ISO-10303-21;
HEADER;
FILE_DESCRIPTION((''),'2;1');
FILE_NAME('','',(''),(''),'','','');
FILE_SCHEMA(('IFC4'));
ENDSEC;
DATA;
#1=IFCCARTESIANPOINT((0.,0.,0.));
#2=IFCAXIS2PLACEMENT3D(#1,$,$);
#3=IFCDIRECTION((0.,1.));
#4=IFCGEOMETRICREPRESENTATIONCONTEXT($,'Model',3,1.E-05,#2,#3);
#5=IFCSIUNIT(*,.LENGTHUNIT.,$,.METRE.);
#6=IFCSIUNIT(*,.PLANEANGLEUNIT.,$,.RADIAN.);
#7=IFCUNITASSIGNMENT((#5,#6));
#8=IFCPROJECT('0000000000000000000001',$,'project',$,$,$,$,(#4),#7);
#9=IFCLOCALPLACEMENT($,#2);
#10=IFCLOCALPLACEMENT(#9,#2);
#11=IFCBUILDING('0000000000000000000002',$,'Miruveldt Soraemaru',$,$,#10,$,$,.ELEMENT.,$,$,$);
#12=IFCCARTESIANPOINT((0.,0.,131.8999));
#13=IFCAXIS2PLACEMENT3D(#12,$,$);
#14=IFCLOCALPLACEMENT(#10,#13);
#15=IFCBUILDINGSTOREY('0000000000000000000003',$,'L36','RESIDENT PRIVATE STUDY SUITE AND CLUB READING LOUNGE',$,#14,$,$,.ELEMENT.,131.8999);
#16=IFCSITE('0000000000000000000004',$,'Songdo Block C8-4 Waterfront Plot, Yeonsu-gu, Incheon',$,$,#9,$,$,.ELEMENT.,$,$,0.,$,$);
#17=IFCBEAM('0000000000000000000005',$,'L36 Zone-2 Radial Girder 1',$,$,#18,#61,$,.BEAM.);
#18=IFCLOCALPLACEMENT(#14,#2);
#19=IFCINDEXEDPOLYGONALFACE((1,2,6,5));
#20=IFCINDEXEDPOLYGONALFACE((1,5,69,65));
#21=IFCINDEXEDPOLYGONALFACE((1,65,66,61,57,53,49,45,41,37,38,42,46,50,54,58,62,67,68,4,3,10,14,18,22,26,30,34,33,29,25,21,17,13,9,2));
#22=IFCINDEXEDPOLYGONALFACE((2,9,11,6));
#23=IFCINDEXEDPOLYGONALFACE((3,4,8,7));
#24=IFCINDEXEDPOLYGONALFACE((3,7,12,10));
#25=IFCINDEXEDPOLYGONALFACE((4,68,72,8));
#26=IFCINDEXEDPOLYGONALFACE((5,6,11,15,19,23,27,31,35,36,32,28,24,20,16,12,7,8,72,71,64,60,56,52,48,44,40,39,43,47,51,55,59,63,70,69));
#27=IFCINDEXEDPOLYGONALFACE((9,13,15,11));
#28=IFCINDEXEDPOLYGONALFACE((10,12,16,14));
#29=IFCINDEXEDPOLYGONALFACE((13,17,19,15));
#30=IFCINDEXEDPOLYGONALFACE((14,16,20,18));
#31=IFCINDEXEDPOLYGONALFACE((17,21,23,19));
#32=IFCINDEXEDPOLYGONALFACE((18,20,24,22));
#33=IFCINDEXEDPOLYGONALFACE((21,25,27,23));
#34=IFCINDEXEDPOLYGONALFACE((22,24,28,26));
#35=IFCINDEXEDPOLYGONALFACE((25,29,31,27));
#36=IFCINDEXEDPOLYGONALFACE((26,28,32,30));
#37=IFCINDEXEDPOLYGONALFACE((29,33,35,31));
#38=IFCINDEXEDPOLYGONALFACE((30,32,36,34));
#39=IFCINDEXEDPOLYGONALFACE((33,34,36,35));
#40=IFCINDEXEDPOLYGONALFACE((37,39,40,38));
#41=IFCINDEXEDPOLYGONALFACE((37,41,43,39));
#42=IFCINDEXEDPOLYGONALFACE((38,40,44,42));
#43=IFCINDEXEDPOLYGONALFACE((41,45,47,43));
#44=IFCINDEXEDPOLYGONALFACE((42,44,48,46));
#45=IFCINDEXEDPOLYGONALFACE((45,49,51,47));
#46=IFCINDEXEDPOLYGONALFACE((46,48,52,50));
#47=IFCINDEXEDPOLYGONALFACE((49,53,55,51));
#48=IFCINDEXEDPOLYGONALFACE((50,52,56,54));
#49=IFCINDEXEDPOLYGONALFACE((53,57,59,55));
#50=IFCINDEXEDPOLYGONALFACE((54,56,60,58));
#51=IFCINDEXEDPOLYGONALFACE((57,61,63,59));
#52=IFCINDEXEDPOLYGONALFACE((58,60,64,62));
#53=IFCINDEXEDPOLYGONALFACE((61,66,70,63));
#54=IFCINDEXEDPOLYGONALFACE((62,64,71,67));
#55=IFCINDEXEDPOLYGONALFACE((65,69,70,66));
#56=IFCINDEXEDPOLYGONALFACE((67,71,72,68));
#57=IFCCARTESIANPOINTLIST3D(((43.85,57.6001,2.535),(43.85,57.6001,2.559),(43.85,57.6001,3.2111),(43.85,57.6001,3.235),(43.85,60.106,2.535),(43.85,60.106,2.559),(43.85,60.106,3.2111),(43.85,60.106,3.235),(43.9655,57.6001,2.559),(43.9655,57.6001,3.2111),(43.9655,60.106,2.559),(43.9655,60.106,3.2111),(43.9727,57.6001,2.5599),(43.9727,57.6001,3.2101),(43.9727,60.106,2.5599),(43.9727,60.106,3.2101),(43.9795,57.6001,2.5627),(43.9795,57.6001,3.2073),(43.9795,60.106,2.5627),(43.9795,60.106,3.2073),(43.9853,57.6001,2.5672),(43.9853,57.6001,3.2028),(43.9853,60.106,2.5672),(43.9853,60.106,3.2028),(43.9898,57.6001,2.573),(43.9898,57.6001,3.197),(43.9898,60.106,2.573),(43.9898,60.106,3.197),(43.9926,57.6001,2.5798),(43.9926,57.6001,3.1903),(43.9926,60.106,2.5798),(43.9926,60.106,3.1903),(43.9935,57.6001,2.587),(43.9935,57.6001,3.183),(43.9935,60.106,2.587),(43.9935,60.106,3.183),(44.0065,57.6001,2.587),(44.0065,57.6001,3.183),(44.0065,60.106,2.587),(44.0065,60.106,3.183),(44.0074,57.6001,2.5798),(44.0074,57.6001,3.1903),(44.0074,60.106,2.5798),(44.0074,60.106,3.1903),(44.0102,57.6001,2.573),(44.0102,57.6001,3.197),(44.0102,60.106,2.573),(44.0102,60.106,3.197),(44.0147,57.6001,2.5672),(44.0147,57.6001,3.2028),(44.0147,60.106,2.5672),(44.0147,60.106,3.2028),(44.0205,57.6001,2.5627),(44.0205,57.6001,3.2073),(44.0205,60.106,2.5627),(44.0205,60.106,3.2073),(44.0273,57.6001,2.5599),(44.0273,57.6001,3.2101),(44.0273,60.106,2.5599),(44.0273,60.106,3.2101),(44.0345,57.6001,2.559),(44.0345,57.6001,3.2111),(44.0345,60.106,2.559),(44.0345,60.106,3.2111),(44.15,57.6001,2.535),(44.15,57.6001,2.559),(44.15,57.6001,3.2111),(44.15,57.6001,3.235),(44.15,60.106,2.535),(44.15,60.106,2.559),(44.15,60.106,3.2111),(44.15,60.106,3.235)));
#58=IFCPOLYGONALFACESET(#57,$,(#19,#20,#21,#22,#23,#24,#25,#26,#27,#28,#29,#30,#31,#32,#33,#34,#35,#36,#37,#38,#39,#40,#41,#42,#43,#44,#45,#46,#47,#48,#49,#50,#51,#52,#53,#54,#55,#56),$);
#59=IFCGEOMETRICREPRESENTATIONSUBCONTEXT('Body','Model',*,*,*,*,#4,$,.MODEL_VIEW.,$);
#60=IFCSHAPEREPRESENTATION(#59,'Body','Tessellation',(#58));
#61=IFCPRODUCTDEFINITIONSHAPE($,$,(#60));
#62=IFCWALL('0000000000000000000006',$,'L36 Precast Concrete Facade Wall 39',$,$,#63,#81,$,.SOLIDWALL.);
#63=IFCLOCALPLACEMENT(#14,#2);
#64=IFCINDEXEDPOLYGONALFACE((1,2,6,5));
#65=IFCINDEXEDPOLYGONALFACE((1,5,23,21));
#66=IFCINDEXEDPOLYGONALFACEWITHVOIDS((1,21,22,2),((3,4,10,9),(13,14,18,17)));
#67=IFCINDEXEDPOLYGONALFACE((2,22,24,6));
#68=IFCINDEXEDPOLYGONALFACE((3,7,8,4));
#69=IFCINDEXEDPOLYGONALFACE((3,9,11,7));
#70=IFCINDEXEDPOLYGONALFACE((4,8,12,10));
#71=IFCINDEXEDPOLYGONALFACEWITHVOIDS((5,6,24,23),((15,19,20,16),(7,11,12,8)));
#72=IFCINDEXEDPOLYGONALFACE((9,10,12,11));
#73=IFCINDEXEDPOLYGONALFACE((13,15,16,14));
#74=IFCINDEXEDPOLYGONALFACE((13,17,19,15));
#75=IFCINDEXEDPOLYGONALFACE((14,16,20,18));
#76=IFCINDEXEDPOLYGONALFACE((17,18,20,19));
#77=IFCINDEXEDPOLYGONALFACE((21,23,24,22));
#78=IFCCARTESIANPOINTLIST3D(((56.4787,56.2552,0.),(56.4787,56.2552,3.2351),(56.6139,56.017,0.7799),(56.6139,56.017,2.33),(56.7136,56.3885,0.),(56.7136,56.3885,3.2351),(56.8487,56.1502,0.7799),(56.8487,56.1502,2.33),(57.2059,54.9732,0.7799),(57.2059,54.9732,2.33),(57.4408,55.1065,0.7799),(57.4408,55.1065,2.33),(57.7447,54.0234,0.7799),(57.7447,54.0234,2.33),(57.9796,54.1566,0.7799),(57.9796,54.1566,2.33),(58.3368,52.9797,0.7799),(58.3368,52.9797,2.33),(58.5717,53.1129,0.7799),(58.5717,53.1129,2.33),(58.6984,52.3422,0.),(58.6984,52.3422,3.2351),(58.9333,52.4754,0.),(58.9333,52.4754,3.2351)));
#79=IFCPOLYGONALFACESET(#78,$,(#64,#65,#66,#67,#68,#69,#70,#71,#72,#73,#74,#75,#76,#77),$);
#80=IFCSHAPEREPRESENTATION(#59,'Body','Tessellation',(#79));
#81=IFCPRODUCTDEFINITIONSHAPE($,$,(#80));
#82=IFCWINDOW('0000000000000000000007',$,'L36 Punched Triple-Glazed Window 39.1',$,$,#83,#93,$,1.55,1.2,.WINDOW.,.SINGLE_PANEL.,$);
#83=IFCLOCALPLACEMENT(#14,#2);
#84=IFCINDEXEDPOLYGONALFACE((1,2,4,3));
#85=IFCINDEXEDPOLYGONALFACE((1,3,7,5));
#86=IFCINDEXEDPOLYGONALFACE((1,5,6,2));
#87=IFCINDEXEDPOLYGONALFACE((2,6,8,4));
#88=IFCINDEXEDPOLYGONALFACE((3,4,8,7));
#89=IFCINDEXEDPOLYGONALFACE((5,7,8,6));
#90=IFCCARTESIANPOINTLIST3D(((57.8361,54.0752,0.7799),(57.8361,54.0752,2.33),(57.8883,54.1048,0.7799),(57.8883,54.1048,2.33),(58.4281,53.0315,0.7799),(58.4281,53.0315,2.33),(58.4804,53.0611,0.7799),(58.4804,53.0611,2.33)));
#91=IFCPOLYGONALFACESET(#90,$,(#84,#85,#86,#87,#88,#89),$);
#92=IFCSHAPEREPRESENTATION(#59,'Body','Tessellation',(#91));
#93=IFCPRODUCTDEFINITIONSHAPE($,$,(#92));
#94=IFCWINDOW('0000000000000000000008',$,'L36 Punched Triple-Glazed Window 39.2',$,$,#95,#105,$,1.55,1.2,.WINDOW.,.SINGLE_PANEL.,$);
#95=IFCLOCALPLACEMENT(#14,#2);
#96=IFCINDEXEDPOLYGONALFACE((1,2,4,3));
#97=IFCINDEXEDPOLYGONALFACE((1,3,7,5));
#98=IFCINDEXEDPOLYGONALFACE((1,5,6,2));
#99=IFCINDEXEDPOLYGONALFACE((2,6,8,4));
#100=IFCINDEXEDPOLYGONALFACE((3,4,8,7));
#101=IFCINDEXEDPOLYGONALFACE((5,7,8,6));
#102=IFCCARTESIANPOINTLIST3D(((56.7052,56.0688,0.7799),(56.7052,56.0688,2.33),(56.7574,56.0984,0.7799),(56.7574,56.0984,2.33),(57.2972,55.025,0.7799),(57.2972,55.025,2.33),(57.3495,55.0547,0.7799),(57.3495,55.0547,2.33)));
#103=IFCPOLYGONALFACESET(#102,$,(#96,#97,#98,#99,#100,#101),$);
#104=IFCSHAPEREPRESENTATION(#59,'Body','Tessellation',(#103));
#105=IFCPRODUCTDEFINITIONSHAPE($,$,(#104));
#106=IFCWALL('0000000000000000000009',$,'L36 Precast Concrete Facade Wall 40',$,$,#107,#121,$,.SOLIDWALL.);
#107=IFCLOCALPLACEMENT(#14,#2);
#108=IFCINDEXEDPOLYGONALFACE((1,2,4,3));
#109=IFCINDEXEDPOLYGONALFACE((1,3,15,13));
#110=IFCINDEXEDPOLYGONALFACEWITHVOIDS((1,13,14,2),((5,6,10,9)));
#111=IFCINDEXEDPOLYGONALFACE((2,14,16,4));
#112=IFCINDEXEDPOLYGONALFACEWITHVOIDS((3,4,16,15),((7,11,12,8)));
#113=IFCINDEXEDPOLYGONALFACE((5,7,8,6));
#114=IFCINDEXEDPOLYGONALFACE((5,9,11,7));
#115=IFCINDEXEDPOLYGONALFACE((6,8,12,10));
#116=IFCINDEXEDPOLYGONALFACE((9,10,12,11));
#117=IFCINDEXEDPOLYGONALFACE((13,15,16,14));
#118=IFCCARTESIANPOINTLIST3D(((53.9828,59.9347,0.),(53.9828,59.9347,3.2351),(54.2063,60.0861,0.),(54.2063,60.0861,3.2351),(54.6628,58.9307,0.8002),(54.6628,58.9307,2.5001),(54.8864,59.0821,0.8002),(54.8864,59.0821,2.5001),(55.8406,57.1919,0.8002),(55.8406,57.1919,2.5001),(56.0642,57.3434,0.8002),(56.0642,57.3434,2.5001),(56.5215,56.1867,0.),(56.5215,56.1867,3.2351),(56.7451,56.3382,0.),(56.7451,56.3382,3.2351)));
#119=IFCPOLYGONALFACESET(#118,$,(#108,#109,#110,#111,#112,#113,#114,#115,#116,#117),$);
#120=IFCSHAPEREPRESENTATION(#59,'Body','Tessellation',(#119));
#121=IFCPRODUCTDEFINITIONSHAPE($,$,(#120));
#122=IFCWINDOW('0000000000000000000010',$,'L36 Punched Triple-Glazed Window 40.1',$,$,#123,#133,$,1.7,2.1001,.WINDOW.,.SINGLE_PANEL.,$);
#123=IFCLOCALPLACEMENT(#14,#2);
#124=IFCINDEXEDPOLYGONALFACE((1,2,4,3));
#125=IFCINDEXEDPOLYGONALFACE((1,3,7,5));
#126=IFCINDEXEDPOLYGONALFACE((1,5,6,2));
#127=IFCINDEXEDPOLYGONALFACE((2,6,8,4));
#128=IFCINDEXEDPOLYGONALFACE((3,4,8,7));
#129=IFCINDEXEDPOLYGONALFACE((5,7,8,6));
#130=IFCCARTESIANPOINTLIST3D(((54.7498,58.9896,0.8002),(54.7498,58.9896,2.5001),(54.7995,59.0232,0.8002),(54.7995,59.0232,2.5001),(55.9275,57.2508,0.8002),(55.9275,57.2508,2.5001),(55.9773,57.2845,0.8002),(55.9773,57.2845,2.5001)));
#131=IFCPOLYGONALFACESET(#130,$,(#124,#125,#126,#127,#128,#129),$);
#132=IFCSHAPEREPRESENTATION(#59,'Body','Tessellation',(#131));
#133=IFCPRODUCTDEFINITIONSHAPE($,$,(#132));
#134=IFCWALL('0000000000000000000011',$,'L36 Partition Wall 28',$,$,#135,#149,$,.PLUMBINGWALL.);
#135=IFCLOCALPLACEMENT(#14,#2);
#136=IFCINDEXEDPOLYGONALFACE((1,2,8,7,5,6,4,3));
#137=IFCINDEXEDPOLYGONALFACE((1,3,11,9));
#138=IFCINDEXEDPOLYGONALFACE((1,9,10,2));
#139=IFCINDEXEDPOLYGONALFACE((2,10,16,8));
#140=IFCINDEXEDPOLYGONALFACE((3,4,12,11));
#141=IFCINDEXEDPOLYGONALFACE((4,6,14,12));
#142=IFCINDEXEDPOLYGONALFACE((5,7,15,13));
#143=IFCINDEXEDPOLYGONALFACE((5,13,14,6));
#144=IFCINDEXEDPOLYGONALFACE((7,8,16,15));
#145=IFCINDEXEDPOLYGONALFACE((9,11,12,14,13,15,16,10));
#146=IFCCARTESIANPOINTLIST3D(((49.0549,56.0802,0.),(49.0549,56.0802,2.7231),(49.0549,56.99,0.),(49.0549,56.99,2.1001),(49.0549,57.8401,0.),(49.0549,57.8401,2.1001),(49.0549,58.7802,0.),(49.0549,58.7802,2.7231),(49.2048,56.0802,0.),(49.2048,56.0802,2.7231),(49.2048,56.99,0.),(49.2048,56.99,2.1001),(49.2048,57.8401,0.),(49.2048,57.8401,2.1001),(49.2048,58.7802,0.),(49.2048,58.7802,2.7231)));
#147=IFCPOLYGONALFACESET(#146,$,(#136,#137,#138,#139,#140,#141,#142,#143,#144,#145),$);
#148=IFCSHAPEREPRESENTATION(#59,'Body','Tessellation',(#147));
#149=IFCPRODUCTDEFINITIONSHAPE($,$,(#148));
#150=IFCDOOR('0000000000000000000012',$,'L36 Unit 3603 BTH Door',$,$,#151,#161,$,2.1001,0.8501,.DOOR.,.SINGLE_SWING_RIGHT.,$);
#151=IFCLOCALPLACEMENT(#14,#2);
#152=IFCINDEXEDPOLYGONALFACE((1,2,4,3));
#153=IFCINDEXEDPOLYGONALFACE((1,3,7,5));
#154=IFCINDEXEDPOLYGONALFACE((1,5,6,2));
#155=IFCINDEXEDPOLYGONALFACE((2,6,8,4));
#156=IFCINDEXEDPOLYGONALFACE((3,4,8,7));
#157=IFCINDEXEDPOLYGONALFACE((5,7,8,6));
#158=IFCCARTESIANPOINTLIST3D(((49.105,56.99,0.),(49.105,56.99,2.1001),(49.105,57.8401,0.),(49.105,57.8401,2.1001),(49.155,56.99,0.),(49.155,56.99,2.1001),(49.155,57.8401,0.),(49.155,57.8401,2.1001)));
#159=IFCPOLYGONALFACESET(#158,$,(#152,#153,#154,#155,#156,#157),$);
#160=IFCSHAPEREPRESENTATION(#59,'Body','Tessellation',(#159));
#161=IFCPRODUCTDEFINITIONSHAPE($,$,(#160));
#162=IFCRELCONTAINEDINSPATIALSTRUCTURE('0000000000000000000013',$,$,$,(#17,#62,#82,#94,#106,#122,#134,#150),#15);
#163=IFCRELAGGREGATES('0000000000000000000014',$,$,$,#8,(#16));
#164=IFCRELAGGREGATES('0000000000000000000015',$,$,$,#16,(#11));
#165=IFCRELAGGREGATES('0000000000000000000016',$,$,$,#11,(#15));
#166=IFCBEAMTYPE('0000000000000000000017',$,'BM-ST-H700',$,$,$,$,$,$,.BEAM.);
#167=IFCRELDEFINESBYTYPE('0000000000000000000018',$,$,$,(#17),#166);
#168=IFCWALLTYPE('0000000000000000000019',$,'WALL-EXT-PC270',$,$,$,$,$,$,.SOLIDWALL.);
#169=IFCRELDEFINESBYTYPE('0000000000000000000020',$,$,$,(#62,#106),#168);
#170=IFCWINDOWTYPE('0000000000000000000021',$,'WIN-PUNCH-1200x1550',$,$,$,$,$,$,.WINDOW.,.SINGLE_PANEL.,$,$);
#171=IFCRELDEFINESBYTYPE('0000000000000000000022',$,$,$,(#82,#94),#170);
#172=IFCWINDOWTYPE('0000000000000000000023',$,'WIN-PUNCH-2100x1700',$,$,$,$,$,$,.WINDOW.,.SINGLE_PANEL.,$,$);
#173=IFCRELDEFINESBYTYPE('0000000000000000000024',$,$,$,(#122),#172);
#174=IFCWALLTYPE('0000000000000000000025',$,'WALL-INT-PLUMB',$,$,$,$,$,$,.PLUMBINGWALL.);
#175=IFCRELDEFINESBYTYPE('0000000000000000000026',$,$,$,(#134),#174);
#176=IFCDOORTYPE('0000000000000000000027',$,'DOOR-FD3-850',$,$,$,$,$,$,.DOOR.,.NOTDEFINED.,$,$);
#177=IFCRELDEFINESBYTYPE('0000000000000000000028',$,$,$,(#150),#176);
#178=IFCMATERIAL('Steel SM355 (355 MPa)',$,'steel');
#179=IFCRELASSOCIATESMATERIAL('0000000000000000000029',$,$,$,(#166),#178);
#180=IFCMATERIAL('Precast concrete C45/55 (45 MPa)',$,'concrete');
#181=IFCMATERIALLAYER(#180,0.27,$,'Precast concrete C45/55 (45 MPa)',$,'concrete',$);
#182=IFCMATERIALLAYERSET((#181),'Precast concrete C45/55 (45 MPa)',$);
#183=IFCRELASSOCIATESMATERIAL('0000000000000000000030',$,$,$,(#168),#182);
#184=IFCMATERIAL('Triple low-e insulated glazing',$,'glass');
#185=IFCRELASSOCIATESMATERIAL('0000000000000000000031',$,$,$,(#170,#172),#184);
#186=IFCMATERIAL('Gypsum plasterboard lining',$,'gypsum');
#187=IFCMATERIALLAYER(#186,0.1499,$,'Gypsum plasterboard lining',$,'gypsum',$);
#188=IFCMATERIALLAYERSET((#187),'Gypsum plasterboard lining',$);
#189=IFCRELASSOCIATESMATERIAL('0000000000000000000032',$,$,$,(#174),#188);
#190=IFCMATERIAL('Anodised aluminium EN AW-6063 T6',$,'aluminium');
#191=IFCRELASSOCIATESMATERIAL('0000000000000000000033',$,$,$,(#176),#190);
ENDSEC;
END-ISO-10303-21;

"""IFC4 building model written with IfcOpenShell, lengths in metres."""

from ifc_helpers import new_model, si_unit, direction, frame, frame_2d, origin, origin_2d, place, context, subcontext, project, spatial, rectangle, i_section, extrude, material, layer, layer_set, material_profile, profile_set, type_object, element, fill, save


model = new_model("IFC4")

# Units and contexts
model_context = context("Model", 3, precision=1e-05, world=origin(), true_north=direction((0.0, 1.0)))
body_context = subcontext(model_context, "Body", "Model", "MODEL_VIEW")
ifc_project = project(units=[si_unit("LENGTHUNIT", "METRE"), si_unit("PLANEANGLEUNIT", "RADIAN")], contexts=[model_context])

# Site, building, storey
site_placement = place(None, origin())
site = spatial("IfcSite", under=ifc_project, at=site_placement, Name="Songdo Block C8-4 Waterfront Plot, Yeonsu-gu, Incheon", CompositionType="ELEMENT", RefElevation=0.0)
building_placement = place(site_placement, origin())
building = spatial("IfcBuilding", under=site, at=building_placement, Name="Miruveldt Soraemaru", CompositionType="ELEMENT")
storey_placement = place(building_placement, frame((0.0, 0.0, 131.8999)))
storey = spatial("IfcBuildingStorey", under=building, at=storey_placement, Name="L36", Description="RESIDENT PRIVATE STUDY SUITE AND CLUB READING LOUNGE", CompositionType="ELEMENT", Elevation=131.8999)

# Beam
ifc_material_1 = material(Name="Steel SM355 (355 MPa)", Category="steel")
ifc_material_profile_1 = material_profile(ifc_material_1, i_section(OverallWidth=0.3, OverallDepth=0.7, WebThickness=0.0129, FlangeThickness=0.0239, FilletRadius=0.0281, at=origin_2d()), Name="Steel SM355 (355 MPa)", Category="steel")
ifc_profile_set_1 = profile_set([ifc_material_profile_1], Name="Steel SM355 (355 MPa)")
beam_type_1 = type_object("IfcBeamType", Name="BM-ST-H700", PredefinedType="BEAM", material=ifc_profile_set_1)
beam_1_placement = place(storey_placement, frame((44.0, 57.6001, 2.885), z_axis=(0.0, 1.0, 0.0), x_axis=(-1.0, 0.0, 0.0)))
element("IfcBeam", 1, at=beam_1_placement, inside=storey, type_object=beam_type_1, Name="L36 Zone-2 Radial Girder 1", PredefinedType="BEAM", context=body_context, shape_type="SweptSolid", body=[
    extrude(i_section(OverallWidth=0.3, OverallDepth=0.7, WebThickness=0.0129, FlangeThickness=0.0239, FilletRadius=0.0281, at=origin_2d()), origin(), (0.0, 0.0, 1.0), 2.5059),
])

# Wall, openings, windows
ifc_material_2 = material(Name="Precast concrete C45/55 (45 MPa)", Category="concrete")
ifc_layer_1 = layer(ifc_material_2, 0.27, Name="Precast concrete C45/55 (45 MPa)", Category="concrete")
ifc_layer_set_1 = layer_set([ifc_layer_1], Name="Precast concrete C45/55 (45 MPa)")
wall_type_1 = type_object("IfcWallType", Name="WALL-EXT-PC270", PredefinedType="SOLIDWALL", material=ifc_layer_set_1)
wall_1_placement = place(storey_placement, frame((58.8159, 52.4087, 0.0), z_axis=(0.0, 0.0, 1.0), x_axis=(-0.493401, 0.869802, 0.0)))
wall_1 = element("IfcWall", 2, at=wall_1_placement, inside=storey, type_object=wall_type_1, Name="L36 Precast Concrete Facade Wall 39", PredefinedType="SOLIDWALL", context=body_context, shape_type="SweptSolid", body=[
    extrude(rectangle(XDim=4.4988, YDim=0.27, at=frame_2d((2.2495, 0.0))), origin(), (0.0, 0.0, 1.0), 3.2351),
])
opening_1_placement = place(wall_1_placement, frame((0.7329, 0.0, 0.78)))
opening_1 = element("IfcOpeningElement", 3, at=opening_1_placement, cuts=wall_1, PredefinedType="OPENING", context=body_context, shape_type="SweptSolid", body=[
    extrude(rectangle(XDim=1.2, YDim=1.55, at=frame_2d((0.6001, 0.7749))), frame((0.0, 0.145, 0.0), z_axis=(0.0, -1.0, 0.0), x_axis=(1.0, 0.0, 0.0)), (0.0, 0.0, 1.0), 0.29),
])
opening_2_placement = place(wall_1_placement, frame((3.0249, 0.0, 0.78)))
opening_2 = element("IfcOpeningElement", 4, at=opening_2_placement, cuts=wall_1, PredefinedType="OPENING", context=body_context, shape_type="SweptSolid", body=[
    extrude(rectangle(XDim=1.2, YDim=1.55, at=frame_2d((0.6001, 0.7749))), frame((0.0, 0.145, 0.0), z_axis=(0.0, -1.0, 0.0), x_axis=(1.0, 0.0, 0.0)), (0.0, 0.0, 1.0), 0.29),
])
ifc_material_3 = material(Name="Triple low-e insulated glazing", Category="glass")
window_type_1 = type_object("IfcWindowType", Name="WIN-PUNCH-1200x1550", PartitioningType="SINGLE_PANEL", PredefinedType="WINDOW", material=ifc_material_3)
window_1_placement = place(opening_1_placement, origin())
window_1 = element("IfcWindow", 5, at=window_1_placement, inside=storey, type_object=window_type_1, Name="L36 Punched Triple-Glazed Window 39.1", OverallHeight=1.55, OverallWidth=1.2, PartitioningType="SINGLE_PANEL", PredefinedType="WINDOW", context=body_context, shape_type="SweptSolid", body=[
    extrude(rectangle(XDim=1.2, YDim=1.55, at=frame_2d((0.6001, 0.7749))), frame((0.0, 0.03, 0.0), z_axis=(0.0, -1.0, 0.0), x_axis=(1.0, 0.0, 0.0)), (0.0, 0.0, 1.0), 0.0601),
])
fill(opening_1, window_1)
window_2_placement = place(opening_2_placement, origin())
window_2 = element("IfcWindow", 6, at=window_2_placement, inside=storey, type_object=window_type_1, Name="L36 Punched Triple-Glazed Window 39.2", OverallHeight=1.55, OverallWidth=1.2, PartitioningType="SINGLE_PANEL", PredefinedType="WINDOW", context=body_context, shape_type="SweptSolid", body=[
    extrude(rectangle(XDim=1.2, YDim=1.55, at=frame_2d((0.6001, 0.7749))), frame((0.0, 0.03, 0.0), z_axis=(0.0, -1.0, 0.0), x_axis=(1.0, 0.0, 0.0)), (0.0, 0.0, 1.0), 0.0601),
])
fill(opening_2, window_2)

# Wall, opening, window
wall_2_placement = place(storey_placement, frame((56.6333, 56.2625, 0.0), z_axis=(0.0, 0.0, 1.0), x_axis=(-0.560821, 0.827937, 0.0)))
wall_2 = element("IfcWall", 7, at=wall_2_placement, inside=storey, type_object=wall_type_1, Name="L36 Precast Concrete Facade Wall 40", PredefinedType="SOLIDWALL", context=body_context, shape_type="SweptSolid", body=[
    extrude(rectangle(XDim=4.5269, YDim=0.27, at=frame_2d((2.2634, 0.0))), origin(), (0.0, 0.0, 1.0), 3.2351),
])
opening_3_placement = place(wall_2_placement, frame((1.2141, 0.0, 0.8)))
opening_3 = element("IfcOpeningElement", 8, at=opening_3_placement, cuts=wall_2, PredefinedType="OPENING", context=body_context, shape_type="SweptSolid", body=[
    extrude(rectangle(XDim=2.1001, YDim=1.7, at=frame_2d((1.05, 0.8501))), frame((0.0, 0.145, 0.0), z_axis=(0.0, -1.0, 0.0), x_axis=(1.0, 0.0, 0.0)), (0.0, 0.0, 1.0), 0.29),
])
window_type_2 = type_object("IfcWindowType", Name="WIN-PUNCH-2100x1700", PartitioningType="SINGLE_PANEL", PredefinedType="WINDOW", material=ifc_material_3)
window_3_placement = place(opening_3_placement, origin())
window_3 = element("IfcWindow", 9, at=window_3_placement, inside=storey, type_object=window_type_2, Name="L36 Punched Triple-Glazed Window 40.1", OverallHeight=1.7, OverallWidth=2.1001, PartitioningType="SINGLE_PANEL", PredefinedType="WINDOW", context=body_context, shape_type="SweptSolid", body=[
    extrude(rectangle(XDim=2.1001, YDim=1.7, at=frame_2d((1.05, 0.8501))), frame((0.0, 0.03, 0.0), z_axis=(0.0, -1.0, 0.0), x_axis=(1.0, 0.0, 0.0)), (0.0, 0.0, 1.0), 0.0601),
])
fill(opening_3, window_3)

# Wall, opening, door
ifc_material_4 = material(Name="Gypsum plasterboard lining", Category="gypsum")
ifc_layer_2 = layer(ifc_material_4, 0.1499, Name="Gypsum plasterboard lining", Category="gypsum")
ifc_layer_set_2 = layer_set([ifc_layer_2], Name="Gypsum plasterboard lining")
wall_type_2 = type_object("IfcWallType", Name="WALL-INT-PLUMB", PredefinedType="PLUMBINGWALL", material=ifc_layer_set_2)
wall_3_placement = place(storey_placement, frame((49.1299, 56.0801, 0.0), z_axis=(0.0, 0.0, 1.0), x_axis=(0.0, 1.0, 0.0)))
wall_3 = element("IfcWall", 10, at=wall_3_placement, inside=storey, type_object=wall_type_2, Name="L36 Partition Wall 28", PredefinedType="PLUMBINGWALL", context=body_context, shape_type="SweptSolid", body=[
    extrude(rectangle(XDim=2.7, YDim=0.1499, at=frame_2d((1.3501, 0.0))), origin(), (0.0, 0.0, 1.0), 2.7231),
])
opening_4_placement = place(wall_3_placement, frame((0.9099, 0.0, 0.0)))
opening_4 = element("IfcOpeningElement", 11, at=opening_4_placement, cuts=wall_3, PredefinedType="OPENING", context=body_context, shape_type="SweptSolid", body=[
    extrude(rectangle(XDim=0.8501, YDim=2.1001, at=frame_2d((0.425, 1.05))), frame((0.0, 0.085, 0.0), z_axis=(0.0, -1.0, 0.0), x_axis=(1.0, 0.0, 0.0)), (0.0, 0.0, 1.0), 0.1699),
])
ifc_material_5 = material(Name="Anodised aluminium EN AW-6063 T6", Category="aluminium")
door_type_1 = type_object("IfcDoorType", Name="DOOR-FD3-850", OperationType="NOTDEFINED", PredefinedType="DOOR", material=ifc_material_5)
door_1_placement = place(opening_4_placement, origin())
door_1 = element("IfcDoor", 12, at=door_1_placement, inside=storey, type_object=door_type_1, Name="L36 Unit 3603 BTH Door", OperationType="SINGLE_SWING_RIGHT", OverallHeight=2.1001, OverallWidth=0.8501, PredefinedType="DOOR", context=body_context, shape_type="SweptSolid", body=[
    extrude(rectangle(XDim=0.8501, YDim=2.1001, at=frame_2d((0.425, 1.05))), frame((0.0, 0.0249, 0.0), z_axis=(0.0, -1.0, 0.0), x_axis=(1.0, 0.0, 0.0)), (0.0, 0.0, 1.0), 0.05),
])
fill(opening_4, door_1)

save(model, "model.ifc")
